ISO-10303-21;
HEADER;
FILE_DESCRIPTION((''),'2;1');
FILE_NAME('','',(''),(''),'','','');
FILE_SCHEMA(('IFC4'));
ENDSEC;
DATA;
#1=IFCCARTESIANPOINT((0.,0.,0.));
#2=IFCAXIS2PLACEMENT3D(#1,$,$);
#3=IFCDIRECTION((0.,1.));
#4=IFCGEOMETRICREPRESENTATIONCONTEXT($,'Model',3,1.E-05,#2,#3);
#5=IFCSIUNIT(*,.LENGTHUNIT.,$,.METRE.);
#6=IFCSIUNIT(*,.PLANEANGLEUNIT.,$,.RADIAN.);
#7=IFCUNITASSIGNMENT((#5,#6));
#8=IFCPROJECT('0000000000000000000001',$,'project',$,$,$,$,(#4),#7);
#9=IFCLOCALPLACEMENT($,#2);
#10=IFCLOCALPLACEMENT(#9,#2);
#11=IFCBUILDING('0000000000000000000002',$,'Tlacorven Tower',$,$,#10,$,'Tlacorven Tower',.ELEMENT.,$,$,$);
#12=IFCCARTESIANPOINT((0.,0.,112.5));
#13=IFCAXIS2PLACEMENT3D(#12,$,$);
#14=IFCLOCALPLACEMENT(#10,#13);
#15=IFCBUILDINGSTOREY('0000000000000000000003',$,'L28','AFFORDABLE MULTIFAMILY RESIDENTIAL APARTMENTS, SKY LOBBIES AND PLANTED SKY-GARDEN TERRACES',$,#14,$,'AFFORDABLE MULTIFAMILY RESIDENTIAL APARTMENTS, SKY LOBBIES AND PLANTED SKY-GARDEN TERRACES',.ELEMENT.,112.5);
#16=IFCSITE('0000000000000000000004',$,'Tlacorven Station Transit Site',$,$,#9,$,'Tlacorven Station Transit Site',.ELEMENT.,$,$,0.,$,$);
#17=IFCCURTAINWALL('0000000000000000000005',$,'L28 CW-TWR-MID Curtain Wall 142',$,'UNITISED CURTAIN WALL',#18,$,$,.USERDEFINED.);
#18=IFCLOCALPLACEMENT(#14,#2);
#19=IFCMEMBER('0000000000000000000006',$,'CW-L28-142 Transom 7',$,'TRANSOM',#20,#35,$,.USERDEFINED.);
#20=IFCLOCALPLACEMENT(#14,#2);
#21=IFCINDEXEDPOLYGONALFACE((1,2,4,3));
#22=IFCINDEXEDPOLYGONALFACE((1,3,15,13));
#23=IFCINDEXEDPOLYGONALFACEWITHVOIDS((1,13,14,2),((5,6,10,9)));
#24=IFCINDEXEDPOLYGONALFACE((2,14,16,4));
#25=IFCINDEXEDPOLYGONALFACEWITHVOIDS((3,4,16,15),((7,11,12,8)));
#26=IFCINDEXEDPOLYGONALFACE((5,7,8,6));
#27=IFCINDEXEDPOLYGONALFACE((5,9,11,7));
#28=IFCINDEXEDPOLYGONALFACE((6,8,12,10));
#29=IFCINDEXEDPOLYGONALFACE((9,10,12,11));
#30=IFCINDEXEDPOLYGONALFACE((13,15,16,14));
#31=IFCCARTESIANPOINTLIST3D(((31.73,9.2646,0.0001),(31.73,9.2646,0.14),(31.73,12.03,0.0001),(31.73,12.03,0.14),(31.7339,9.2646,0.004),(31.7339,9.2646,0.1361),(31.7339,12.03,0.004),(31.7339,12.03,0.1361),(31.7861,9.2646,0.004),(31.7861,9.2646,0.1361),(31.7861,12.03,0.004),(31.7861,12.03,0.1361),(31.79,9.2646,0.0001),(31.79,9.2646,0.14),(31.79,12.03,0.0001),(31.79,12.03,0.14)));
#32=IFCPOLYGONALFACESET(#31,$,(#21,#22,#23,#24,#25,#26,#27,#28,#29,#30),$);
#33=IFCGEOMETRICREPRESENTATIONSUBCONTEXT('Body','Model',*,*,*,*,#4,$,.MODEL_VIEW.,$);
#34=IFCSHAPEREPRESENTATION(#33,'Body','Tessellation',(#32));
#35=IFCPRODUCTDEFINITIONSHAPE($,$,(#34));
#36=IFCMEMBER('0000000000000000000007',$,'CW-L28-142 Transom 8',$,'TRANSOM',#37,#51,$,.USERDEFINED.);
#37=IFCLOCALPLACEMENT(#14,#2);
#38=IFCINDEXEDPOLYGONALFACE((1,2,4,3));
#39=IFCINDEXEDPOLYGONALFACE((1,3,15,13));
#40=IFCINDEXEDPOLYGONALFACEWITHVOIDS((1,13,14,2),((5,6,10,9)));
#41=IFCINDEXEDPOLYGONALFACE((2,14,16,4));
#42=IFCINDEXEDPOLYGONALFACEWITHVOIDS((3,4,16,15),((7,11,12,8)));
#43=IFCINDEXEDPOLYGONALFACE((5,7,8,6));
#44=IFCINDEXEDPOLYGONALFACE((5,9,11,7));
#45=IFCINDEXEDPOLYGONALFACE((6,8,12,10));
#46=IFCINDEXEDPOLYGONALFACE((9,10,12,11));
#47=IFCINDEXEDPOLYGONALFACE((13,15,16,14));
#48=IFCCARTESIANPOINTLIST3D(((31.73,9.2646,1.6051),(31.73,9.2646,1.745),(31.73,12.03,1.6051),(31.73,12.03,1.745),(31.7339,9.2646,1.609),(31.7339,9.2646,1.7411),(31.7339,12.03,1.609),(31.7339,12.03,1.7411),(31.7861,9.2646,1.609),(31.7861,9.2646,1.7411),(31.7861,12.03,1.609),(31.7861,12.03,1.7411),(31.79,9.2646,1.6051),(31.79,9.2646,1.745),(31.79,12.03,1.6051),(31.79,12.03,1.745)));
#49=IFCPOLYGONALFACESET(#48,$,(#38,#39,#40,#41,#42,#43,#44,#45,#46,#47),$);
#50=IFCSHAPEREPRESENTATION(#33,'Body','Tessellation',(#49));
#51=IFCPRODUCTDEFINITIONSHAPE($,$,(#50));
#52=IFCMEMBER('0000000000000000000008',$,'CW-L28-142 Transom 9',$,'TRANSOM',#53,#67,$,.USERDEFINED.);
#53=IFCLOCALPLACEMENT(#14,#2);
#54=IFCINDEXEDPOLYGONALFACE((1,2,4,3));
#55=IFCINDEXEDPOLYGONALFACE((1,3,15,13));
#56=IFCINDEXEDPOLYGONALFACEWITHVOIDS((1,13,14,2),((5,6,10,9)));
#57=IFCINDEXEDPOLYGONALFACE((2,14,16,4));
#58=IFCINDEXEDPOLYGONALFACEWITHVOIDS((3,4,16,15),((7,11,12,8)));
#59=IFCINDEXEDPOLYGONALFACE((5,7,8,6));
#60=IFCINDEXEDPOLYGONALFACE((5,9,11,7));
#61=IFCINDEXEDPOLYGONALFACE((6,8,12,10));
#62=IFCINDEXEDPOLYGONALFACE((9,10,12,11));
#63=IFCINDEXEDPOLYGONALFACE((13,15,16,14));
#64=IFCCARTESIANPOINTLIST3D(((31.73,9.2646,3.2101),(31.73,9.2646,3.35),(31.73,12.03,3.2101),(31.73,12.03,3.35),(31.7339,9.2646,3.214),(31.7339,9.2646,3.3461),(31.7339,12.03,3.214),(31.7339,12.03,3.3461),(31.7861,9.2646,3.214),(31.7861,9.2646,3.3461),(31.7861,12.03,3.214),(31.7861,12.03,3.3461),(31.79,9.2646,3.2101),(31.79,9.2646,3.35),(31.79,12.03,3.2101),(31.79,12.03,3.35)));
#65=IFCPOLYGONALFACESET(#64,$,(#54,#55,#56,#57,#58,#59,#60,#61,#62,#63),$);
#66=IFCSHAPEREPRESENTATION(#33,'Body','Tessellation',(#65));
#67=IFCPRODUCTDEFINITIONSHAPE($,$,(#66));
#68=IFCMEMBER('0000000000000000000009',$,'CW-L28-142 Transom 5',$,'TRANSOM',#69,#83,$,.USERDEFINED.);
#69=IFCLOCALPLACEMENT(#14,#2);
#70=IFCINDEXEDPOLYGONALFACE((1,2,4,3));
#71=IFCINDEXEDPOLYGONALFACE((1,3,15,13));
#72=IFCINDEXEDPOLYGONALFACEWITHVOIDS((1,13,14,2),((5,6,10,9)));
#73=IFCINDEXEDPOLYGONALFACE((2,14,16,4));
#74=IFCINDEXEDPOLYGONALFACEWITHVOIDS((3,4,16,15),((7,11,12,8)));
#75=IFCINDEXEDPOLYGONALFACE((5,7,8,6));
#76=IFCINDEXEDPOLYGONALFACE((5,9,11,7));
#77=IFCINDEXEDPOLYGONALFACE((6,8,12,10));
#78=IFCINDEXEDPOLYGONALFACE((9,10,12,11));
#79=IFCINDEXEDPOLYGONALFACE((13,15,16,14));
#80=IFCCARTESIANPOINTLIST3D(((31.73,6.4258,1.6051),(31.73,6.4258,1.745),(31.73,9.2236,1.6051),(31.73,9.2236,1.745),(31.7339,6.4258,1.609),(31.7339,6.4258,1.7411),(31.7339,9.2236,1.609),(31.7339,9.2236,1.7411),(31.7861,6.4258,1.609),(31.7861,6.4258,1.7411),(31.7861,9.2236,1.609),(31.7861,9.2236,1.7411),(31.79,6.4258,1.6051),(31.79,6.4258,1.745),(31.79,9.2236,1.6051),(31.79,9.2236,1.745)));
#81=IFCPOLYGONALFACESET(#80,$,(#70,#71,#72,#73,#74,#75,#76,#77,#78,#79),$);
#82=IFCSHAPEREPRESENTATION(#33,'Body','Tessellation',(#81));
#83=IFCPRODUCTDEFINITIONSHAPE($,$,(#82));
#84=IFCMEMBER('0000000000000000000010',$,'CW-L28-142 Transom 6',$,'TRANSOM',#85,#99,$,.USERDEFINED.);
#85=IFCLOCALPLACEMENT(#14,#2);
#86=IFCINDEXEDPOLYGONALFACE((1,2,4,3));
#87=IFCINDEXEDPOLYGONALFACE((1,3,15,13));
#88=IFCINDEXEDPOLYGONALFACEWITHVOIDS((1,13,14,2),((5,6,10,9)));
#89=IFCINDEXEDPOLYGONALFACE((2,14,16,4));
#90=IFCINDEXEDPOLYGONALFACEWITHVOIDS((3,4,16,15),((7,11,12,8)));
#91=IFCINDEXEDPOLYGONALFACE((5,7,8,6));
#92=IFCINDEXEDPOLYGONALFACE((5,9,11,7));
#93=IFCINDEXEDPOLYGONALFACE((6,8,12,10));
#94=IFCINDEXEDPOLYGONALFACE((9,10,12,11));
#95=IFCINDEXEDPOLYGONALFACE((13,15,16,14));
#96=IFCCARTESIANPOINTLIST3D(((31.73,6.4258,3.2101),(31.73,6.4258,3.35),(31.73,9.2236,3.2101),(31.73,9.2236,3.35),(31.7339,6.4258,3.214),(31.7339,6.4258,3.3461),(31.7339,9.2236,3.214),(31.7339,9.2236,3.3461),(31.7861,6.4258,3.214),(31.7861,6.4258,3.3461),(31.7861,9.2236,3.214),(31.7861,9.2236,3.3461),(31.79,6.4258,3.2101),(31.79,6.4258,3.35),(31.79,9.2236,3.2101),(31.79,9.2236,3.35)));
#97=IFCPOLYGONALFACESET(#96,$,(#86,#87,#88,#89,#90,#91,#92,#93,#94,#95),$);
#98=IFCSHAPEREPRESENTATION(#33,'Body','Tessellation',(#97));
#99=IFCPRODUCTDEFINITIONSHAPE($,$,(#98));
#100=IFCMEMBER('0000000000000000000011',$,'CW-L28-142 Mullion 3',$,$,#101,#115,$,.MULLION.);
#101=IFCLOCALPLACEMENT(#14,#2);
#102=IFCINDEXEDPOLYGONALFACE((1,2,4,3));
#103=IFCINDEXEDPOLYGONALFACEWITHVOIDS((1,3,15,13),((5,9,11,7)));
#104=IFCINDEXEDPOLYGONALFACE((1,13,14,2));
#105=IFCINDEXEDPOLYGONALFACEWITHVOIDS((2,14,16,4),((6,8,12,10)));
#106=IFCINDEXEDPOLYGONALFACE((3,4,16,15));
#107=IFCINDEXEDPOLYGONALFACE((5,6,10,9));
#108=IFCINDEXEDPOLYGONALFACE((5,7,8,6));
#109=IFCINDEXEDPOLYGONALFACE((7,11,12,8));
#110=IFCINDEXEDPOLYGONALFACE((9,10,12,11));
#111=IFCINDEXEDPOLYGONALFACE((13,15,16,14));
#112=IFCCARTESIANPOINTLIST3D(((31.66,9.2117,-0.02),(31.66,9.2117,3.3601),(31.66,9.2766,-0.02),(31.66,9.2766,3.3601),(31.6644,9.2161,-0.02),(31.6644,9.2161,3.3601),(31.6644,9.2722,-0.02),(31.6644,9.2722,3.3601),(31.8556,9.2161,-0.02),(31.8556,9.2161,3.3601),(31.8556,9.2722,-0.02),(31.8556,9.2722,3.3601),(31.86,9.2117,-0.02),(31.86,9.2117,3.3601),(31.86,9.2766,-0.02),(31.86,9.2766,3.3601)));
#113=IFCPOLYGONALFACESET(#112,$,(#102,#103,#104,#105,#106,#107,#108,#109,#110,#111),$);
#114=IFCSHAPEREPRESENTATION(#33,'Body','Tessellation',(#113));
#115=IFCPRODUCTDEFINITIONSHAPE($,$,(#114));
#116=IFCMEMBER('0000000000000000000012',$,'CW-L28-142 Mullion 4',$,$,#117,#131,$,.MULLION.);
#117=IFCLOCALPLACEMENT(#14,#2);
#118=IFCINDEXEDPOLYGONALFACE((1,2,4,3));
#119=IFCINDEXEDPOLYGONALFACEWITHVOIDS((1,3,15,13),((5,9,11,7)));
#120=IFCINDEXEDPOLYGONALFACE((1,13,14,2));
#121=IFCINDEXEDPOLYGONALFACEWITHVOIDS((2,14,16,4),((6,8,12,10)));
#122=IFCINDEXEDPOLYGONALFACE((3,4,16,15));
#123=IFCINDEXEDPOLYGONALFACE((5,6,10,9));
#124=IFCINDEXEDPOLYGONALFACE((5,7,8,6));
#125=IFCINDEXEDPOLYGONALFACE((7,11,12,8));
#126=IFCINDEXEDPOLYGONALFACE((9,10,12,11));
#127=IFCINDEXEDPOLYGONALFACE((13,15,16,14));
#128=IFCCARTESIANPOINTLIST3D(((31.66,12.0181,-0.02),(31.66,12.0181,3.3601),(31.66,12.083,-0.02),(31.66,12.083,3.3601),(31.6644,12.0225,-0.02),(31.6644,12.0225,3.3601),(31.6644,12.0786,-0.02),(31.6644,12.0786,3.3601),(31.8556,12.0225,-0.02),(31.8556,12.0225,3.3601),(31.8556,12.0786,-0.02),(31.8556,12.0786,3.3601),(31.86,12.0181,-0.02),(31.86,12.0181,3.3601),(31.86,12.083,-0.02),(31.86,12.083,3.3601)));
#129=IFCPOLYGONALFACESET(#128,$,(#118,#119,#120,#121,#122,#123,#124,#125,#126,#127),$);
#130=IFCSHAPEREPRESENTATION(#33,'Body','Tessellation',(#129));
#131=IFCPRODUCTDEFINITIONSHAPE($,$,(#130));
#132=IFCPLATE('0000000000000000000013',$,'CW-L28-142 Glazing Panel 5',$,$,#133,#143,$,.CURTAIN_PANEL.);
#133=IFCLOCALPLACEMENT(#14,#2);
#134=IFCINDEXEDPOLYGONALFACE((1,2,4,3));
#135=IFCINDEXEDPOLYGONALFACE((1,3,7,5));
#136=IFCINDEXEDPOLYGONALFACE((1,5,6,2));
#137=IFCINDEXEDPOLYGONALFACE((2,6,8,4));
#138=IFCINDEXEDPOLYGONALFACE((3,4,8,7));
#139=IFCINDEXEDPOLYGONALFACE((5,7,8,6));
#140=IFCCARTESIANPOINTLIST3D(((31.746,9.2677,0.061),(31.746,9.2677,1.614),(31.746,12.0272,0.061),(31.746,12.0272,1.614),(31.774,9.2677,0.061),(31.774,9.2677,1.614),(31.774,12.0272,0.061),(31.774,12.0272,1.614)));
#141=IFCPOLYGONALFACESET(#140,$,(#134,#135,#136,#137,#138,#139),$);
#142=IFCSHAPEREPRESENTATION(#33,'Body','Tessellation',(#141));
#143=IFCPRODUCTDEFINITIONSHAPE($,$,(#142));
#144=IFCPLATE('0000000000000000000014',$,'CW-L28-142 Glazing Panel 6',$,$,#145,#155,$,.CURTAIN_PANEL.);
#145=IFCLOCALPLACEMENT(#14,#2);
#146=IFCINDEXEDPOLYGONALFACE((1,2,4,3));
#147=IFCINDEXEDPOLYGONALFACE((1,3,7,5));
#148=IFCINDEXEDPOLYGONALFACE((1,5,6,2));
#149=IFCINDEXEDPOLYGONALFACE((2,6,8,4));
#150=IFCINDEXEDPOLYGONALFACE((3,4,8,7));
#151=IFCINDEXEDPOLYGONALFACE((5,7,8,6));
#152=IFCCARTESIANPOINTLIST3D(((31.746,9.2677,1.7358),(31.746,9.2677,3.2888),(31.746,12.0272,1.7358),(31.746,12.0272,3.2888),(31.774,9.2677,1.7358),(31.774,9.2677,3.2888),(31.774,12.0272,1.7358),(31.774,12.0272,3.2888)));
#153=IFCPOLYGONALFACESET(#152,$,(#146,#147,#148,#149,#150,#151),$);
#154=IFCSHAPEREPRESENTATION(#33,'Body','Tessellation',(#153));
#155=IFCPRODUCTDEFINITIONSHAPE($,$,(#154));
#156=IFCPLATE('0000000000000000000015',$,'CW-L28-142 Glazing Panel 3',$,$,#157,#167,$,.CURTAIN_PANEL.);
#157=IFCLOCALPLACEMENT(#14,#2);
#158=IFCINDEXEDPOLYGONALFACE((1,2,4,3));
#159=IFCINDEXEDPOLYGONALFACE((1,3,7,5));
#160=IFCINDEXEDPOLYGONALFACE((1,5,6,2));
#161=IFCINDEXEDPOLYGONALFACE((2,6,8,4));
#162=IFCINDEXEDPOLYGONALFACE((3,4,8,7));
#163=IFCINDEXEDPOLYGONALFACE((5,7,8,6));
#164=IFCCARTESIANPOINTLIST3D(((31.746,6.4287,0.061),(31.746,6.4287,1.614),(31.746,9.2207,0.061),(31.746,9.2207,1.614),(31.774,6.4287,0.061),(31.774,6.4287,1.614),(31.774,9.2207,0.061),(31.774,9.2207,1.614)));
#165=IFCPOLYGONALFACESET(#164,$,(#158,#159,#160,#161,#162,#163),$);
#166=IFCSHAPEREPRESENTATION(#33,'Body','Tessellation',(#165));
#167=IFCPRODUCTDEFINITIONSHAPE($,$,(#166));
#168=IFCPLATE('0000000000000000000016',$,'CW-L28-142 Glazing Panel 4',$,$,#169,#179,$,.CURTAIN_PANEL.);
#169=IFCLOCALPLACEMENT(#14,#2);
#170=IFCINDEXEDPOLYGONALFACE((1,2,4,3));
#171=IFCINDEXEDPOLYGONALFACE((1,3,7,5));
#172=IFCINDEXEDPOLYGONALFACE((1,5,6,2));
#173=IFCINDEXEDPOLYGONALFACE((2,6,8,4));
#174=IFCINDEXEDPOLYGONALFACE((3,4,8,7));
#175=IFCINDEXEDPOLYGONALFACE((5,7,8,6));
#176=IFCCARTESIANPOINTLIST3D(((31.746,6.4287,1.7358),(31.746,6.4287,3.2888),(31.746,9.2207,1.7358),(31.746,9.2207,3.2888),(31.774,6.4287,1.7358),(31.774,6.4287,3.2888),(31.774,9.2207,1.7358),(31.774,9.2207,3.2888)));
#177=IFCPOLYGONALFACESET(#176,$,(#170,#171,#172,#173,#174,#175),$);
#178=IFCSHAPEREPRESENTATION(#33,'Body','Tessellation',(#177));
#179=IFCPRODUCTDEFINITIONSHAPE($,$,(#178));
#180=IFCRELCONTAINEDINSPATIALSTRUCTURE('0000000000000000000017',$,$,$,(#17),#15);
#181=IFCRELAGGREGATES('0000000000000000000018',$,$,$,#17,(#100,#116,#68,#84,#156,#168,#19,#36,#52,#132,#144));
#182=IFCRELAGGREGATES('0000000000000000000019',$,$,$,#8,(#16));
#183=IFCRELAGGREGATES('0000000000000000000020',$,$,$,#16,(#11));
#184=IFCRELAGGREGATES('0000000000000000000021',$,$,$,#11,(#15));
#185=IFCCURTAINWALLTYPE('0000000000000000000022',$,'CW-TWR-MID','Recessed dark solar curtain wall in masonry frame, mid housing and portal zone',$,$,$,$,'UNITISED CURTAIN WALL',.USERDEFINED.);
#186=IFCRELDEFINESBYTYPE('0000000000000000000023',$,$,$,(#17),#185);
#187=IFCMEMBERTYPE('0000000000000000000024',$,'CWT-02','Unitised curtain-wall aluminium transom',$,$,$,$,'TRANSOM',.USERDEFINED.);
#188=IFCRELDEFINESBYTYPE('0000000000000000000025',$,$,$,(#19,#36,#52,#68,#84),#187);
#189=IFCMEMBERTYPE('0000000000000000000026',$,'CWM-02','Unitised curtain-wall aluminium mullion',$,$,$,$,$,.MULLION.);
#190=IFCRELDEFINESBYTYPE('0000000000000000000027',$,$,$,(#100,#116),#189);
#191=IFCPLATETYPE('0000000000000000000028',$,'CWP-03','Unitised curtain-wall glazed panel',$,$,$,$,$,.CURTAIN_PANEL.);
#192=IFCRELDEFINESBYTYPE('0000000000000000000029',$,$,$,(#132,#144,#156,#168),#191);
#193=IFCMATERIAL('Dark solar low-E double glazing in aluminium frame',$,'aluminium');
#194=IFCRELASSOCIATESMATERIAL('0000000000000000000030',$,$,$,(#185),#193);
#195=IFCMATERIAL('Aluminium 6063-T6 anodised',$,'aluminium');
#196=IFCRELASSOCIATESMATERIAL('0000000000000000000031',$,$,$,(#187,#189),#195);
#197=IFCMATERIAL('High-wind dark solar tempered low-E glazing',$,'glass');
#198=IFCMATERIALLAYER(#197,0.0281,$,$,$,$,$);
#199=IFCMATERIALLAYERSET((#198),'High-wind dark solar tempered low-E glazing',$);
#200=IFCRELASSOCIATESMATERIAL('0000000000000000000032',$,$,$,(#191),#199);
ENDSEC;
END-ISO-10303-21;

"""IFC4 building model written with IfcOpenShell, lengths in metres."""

from ifc_helpers import new_model, si_unit, direction, frame, origin, origin_2d, place, context, subcontext, project, spatial, rectangle, hollow_rectangle, extrude, source, transform, mapped, material, layer, layer_set, material_profile, profile_set, type_object, element, aggregate, save


model = new_model("IFC4")

# Units and contexts
model_context = context("Model", 3, precision=1e-05, world=origin(), true_north=direction((0.0, 1.0)))
body_context = subcontext(model_context, "Body", "Model", "MODEL_VIEW")
ifc_project = project(units=[si_unit("LENGTHUNIT", "METRE"), si_unit("PLANEANGLEUNIT", "RADIAN")], contexts=[model_context])

# Site, building, storey
site_placement = place(None, origin())
site = spatial("IfcSite", under=ifc_project, at=site_placement, Name="Tlacorven Station Transit Site", LongName="Tlacorven Station Transit Site", CompositionType="ELEMENT", RefElevation=0.0)
building_placement = place(site_placement, origin())
building = spatial("IfcBuilding", under=site, at=building_placement, Name="Tlacorven Tower", LongName="Tlacorven Tower", CompositionType="ELEMENT")
storey_placement = place(building_placement, frame((0.0, 0.0, 112.5)))
storey = spatial("IfcBuildingStorey", under=building, at=storey_placement, Name="L28", Description="AFFORDABLE MULTIFAMILY RESIDENTIAL APARTMENTS, SKY LOBBIES AND PLANTED SKY-GARDEN TERRACES", LongName="AFFORDABLE MULTIFAMILY RESIDENTIAL APARTMENTS, SKY LOBBIES AND PLANTED SKY-GARDEN TERRACES", CompositionType="ELEMENT", Elevation=112.5)

# Curtain wall, members, plates
ifc_material_1 = material(Name="Dark solar low-E double glazing in aluminium frame", Category="aluminium")
curtain_wall_type = type_object("IfcCurtainWallType", Name="CW-TWR-MID", Description="Recessed dark solar curtain wall in masonry frame, mid housing and portal zone", ElementType="UNITISED CURTAIN WALL", PredefinedType="USERDEFINED", material=ifc_material_1)
curtain_wall_placement = place(storey_placement, origin())
curtain_wall = element("IfcCurtainWall", 1, at=curtain_wall_placement, inside=storey, type_object=curtain_wall_type, Name="L28 CW-TWR-MID Curtain Wall 142", ObjectType="UNITISED CURTAIN WALL", PredefinedType="USERDEFINED")
ifc_material_2 = material(Name="Aluminium 6063-T6 anodised", Category="aluminium")
ifc_material_profile_1 = material_profile(ifc_material_2, hollow_rectangle(XDim=0.0601, YDim=0.1399, WallThickness=0.0039, at=origin_2d()), Name="ALU TRANSOM 60X140")
ifc_profile_set_1 = profile_set([ifc_material_profile_1], Name="Aluminium 6063-T6 anodised")
member_type_1 = type_object("IfcMemberType", Name="CWT-02", Description="Unitised curtain-wall aluminium transom", ElementType="TRANSOM", PredefinedType="USERDEFINED", material=ifc_profile_set_1)
shared_shape_1 = source(origin(), body_context, "Body", "SweptSolid", [
    extrude(hollow_rectangle(XDim=0.0601, YDim=0.1399, WallThickness=0.0039, at=origin_2d()), origin(), (0.0, 0.0, 1.0), 2.7654),
])
member_1_placement = place(storey_placement, frame((31.76, 9.2646, 0.0701), z_axis=(0.0, 1.0, 0.0), x_axis=(-1.0, 0.0, 0.0)))
member_1 = element("IfcMember", 2, at=member_1_placement, type_object=member_type_1, Name="CW-L28-142 Transom 7", ObjectType="TRANSOM", PredefinedType="USERDEFINED", context=body_context, shape_type="MappedRepresentation", body=[
    mapped(shared_shape_1, transform((0.0, 0.0, 0.0), scale=1.0)),
])
member_2_placement = place(storey_placement, frame((31.76, 9.2646, 1.675), z_axis=(0.0, 1.0, 0.0), x_axis=(-1.0, 0.0, 0.0)))
member_2 = element("IfcMember", 3, at=member_2_placement, type_object=member_type_1, Name="CW-L28-142 Transom 8", ObjectType="TRANSOM", PredefinedType="USERDEFINED", context=body_context, shape_type="MappedRepresentation", body=[
    mapped(shared_shape_1, transform((0.0, 0.0, 0.0), scale=1.0)),
])
member_3_placement = place(storey_placement, frame((31.76, 9.2646, 3.28), z_axis=(0.0, 1.0, 0.0), x_axis=(-1.0, 0.0, 0.0)))
member_3 = element("IfcMember", 4, at=member_3_placement, type_object=member_type_1, Name="CW-L28-142 Transom 9", ObjectType="TRANSOM", PredefinedType="USERDEFINED", context=body_context, shape_type="MappedRepresentation", body=[
    mapped(shared_shape_1, transform((0.0, 0.0, 0.0), scale=1.0)),
])
shared_shape_2 = source(origin(), body_context, "Body", "SweptSolid", [
    extrude(hollow_rectangle(XDim=0.0601, YDim=0.1399, WallThickness=0.0039, at=origin_2d()), origin(), (0.0, 0.0, 1.0), 2.7979),
])
member_4_placement = place(storey_placement, frame((31.76, 6.4258, 1.675), z_axis=(0.0, 1.0, 0.0), x_axis=(-1.0, 0.0, 0.0)))
member_4 = element("IfcMember", 5, at=member_4_placement, type_object=member_type_1, Name="CW-L28-142 Transom 5", ObjectType="TRANSOM", PredefinedType="USERDEFINED", context=body_context, shape_type="MappedRepresentation", body=[
    mapped(shared_shape_2, transform((0.0, 0.0, 0.0), scale=1.0)),
])
member_5_placement = place(storey_placement, frame((31.76, 6.4258, 3.28), z_axis=(0.0, 1.0, 0.0), x_axis=(-1.0, 0.0, 0.0)))
member_5 = element("IfcMember", 6, at=member_5_placement, type_object=member_type_1, Name="CW-L28-142 Transom 6", ObjectType="TRANSOM", PredefinedType="USERDEFINED", context=body_context, shape_type="MappedRepresentation", body=[
    mapped(shared_shape_2, transform((0.0, 0.0, 0.0), scale=1.0)),
])
ifc_material_profile_2 = material_profile(ifc_material_2, hollow_rectangle(XDim=0.0649, YDim=0.2, WallThickness=0.0044, at=origin_2d()), Name="ALU MULLION 65X200")
ifc_profile_set_2 = profile_set([ifc_material_profile_2], Name="Aluminium 6063-T6 anodised")
member_type_2 = type_object("IfcMemberType", Name="CWM-02", Description="Unitised curtain-wall aluminium mullion", PredefinedType="MULLION", material=ifc_profile_set_2)
shared_shape_3 = source(origin(), body_context, "Body", "SweptSolid", [
    extrude(hollow_rectangle(XDim=0.0649, YDim=0.2, WallThickness=0.0044, at=origin_2d()), origin(), (0.0, 0.0, 1.0), 3.3801),
])
member_6_placement = place(storey_placement, frame((31.76, 9.2441, -0.02), z_axis=(0.0, 0.0, 1.0), x_axis=(0.0, 1.0, 0.0)))
member_6 = element("IfcMember", 7, at=member_6_placement, type_object=member_type_2, Name="CW-L28-142 Mullion 3", PredefinedType="MULLION", context=body_context, shape_type="MappedRepresentation", body=[
    mapped(shared_shape_3, transform((0.0, 0.0, 0.0), scale=1.0)),
])
member_7_placement = place(storey_placement, frame((31.76, 12.0505, -0.02), z_axis=(0.0, 0.0, 1.0), x_axis=(0.0, 1.0, 0.0)))
member_7 = element("IfcMember", 8, at=member_7_placement, type_object=member_type_2, Name="CW-L28-142 Mullion 4", PredefinedType="MULLION", context=body_context, shape_type="MappedRepresentation", body=[
    mapped(shared_shape_3, transform((0.0, 0.0, 0.0), scale=1.0)),
])
ifc_material_3 = material(Name="High-wind dark solar tempered low-E glazing", Category="glass")
ifc_layer = layer(ifc_material_3, 0.0281)
ifc_layer_set = layer_set([ifc_layer], Name="High-wind dark solar tempered low-E glazing")
plate_type = type_object("IfcPlateType", Name="CWP-03", Description="Unitised curtain-wall glazed panel", PredefinedType="CURTAIN_PANEL", material=ifc_layer_set)
shared_shape_4 = source(origin(), body_context, "Body", "SweptSolid", [
    extrude(rectangle(XDim=2.7595, YDim=0.0281, at=origin_2d()), origin(), (0.0, 0.0, 1.0), 1.553),
])
plate_1_placement = place(storey_placement, frame((31.76, 10.6475, 0.061), z_axis=(0.0, 0.0, 1.0), x_axis=(0.0, 1.0, 0.0)))
plate_1 = element("IfcPlate", 9, at=plate_1_placement, type_object=plate_type, Name="CW-L28-142 Glazing Panel 5", PredefinedType="CURTAIN_PANEL", context=body_context, shape_type="MappedRepresentation", body=[
    mapped(shared_shape_4, transform((0.0, 0.0, 0.0), scale=1.0)),
])
plate_2_placement = place(storey_placement, frame((31.76, 10.6475, 1.7358), z_axis=(0.0, 0.0, 1.0), x_axis=(0.0, 1.0, 0.0)))
plate_2 = element("IfcPlate", 10, at=plate_2_placement, type_object=plate_type, Name="CW-L28-142 Glazing Panel 6", PredefinedType="CURTAIN_PANEL", context=body_context, shape_type="MappedRepresentation", body=[
    mapped(shared_shape_4, transform((0.0, 0.0, 0.0), scale=1.0)),
])
shared_shape_5 = source(origin(), body_context, "Body", "SweptSolid", [
    extrude(rectangle(XDim=2.792, YDim=0.0281, at=origin_2d()), origin(), (0.0, 0.0, 1.0), 1.553),
])
plate_3_placement = place(storey_placement, frame((31.76, 7.8247, 0.061), z_axis=(0.0, 0.0, 1.0), x_axis=(0.0, 1.0, 0.0)))
plate_3 = element("IfcPlate", 11, at=plate_3_placement, type_object=plate_type, Name="CW-L28-142 Glazing Panel 3", PredefinedType="CURTAIN_PANEL", context=body_context, shape_type="MappedRepresentation", body=[
    mapped(shared_shape_5, transform((0.0, 0.0, 0.0), scale=1.0)),
])
plate_4_placement = place(storey_placement, frame((31.76, 7.8247, 1.7358), z_axis=(0.0, 0.0, 1.0), x_axis=(0.0, 1.0, 0.0)))
plate_4 = element("IfcPlate", 12, at=plate_4_placement, type_object=plate_type, Name="CW-L28-142 Glazing Panel 4", PredefinedType="CURTAIN_PANEL", context=body_context, shape_type="MappedRepresentation", body=[
    mapped(shared_shape_5, transform((0.0, 0.0, 0.0), scale=1.0)),
])
aggregate(curtain_wall, [member_6, member_7, member_4, member_5, plate_3, plate_4, member_1, member_2, member_3, plate_1, plate_2])

save(model, "model.ifc")
